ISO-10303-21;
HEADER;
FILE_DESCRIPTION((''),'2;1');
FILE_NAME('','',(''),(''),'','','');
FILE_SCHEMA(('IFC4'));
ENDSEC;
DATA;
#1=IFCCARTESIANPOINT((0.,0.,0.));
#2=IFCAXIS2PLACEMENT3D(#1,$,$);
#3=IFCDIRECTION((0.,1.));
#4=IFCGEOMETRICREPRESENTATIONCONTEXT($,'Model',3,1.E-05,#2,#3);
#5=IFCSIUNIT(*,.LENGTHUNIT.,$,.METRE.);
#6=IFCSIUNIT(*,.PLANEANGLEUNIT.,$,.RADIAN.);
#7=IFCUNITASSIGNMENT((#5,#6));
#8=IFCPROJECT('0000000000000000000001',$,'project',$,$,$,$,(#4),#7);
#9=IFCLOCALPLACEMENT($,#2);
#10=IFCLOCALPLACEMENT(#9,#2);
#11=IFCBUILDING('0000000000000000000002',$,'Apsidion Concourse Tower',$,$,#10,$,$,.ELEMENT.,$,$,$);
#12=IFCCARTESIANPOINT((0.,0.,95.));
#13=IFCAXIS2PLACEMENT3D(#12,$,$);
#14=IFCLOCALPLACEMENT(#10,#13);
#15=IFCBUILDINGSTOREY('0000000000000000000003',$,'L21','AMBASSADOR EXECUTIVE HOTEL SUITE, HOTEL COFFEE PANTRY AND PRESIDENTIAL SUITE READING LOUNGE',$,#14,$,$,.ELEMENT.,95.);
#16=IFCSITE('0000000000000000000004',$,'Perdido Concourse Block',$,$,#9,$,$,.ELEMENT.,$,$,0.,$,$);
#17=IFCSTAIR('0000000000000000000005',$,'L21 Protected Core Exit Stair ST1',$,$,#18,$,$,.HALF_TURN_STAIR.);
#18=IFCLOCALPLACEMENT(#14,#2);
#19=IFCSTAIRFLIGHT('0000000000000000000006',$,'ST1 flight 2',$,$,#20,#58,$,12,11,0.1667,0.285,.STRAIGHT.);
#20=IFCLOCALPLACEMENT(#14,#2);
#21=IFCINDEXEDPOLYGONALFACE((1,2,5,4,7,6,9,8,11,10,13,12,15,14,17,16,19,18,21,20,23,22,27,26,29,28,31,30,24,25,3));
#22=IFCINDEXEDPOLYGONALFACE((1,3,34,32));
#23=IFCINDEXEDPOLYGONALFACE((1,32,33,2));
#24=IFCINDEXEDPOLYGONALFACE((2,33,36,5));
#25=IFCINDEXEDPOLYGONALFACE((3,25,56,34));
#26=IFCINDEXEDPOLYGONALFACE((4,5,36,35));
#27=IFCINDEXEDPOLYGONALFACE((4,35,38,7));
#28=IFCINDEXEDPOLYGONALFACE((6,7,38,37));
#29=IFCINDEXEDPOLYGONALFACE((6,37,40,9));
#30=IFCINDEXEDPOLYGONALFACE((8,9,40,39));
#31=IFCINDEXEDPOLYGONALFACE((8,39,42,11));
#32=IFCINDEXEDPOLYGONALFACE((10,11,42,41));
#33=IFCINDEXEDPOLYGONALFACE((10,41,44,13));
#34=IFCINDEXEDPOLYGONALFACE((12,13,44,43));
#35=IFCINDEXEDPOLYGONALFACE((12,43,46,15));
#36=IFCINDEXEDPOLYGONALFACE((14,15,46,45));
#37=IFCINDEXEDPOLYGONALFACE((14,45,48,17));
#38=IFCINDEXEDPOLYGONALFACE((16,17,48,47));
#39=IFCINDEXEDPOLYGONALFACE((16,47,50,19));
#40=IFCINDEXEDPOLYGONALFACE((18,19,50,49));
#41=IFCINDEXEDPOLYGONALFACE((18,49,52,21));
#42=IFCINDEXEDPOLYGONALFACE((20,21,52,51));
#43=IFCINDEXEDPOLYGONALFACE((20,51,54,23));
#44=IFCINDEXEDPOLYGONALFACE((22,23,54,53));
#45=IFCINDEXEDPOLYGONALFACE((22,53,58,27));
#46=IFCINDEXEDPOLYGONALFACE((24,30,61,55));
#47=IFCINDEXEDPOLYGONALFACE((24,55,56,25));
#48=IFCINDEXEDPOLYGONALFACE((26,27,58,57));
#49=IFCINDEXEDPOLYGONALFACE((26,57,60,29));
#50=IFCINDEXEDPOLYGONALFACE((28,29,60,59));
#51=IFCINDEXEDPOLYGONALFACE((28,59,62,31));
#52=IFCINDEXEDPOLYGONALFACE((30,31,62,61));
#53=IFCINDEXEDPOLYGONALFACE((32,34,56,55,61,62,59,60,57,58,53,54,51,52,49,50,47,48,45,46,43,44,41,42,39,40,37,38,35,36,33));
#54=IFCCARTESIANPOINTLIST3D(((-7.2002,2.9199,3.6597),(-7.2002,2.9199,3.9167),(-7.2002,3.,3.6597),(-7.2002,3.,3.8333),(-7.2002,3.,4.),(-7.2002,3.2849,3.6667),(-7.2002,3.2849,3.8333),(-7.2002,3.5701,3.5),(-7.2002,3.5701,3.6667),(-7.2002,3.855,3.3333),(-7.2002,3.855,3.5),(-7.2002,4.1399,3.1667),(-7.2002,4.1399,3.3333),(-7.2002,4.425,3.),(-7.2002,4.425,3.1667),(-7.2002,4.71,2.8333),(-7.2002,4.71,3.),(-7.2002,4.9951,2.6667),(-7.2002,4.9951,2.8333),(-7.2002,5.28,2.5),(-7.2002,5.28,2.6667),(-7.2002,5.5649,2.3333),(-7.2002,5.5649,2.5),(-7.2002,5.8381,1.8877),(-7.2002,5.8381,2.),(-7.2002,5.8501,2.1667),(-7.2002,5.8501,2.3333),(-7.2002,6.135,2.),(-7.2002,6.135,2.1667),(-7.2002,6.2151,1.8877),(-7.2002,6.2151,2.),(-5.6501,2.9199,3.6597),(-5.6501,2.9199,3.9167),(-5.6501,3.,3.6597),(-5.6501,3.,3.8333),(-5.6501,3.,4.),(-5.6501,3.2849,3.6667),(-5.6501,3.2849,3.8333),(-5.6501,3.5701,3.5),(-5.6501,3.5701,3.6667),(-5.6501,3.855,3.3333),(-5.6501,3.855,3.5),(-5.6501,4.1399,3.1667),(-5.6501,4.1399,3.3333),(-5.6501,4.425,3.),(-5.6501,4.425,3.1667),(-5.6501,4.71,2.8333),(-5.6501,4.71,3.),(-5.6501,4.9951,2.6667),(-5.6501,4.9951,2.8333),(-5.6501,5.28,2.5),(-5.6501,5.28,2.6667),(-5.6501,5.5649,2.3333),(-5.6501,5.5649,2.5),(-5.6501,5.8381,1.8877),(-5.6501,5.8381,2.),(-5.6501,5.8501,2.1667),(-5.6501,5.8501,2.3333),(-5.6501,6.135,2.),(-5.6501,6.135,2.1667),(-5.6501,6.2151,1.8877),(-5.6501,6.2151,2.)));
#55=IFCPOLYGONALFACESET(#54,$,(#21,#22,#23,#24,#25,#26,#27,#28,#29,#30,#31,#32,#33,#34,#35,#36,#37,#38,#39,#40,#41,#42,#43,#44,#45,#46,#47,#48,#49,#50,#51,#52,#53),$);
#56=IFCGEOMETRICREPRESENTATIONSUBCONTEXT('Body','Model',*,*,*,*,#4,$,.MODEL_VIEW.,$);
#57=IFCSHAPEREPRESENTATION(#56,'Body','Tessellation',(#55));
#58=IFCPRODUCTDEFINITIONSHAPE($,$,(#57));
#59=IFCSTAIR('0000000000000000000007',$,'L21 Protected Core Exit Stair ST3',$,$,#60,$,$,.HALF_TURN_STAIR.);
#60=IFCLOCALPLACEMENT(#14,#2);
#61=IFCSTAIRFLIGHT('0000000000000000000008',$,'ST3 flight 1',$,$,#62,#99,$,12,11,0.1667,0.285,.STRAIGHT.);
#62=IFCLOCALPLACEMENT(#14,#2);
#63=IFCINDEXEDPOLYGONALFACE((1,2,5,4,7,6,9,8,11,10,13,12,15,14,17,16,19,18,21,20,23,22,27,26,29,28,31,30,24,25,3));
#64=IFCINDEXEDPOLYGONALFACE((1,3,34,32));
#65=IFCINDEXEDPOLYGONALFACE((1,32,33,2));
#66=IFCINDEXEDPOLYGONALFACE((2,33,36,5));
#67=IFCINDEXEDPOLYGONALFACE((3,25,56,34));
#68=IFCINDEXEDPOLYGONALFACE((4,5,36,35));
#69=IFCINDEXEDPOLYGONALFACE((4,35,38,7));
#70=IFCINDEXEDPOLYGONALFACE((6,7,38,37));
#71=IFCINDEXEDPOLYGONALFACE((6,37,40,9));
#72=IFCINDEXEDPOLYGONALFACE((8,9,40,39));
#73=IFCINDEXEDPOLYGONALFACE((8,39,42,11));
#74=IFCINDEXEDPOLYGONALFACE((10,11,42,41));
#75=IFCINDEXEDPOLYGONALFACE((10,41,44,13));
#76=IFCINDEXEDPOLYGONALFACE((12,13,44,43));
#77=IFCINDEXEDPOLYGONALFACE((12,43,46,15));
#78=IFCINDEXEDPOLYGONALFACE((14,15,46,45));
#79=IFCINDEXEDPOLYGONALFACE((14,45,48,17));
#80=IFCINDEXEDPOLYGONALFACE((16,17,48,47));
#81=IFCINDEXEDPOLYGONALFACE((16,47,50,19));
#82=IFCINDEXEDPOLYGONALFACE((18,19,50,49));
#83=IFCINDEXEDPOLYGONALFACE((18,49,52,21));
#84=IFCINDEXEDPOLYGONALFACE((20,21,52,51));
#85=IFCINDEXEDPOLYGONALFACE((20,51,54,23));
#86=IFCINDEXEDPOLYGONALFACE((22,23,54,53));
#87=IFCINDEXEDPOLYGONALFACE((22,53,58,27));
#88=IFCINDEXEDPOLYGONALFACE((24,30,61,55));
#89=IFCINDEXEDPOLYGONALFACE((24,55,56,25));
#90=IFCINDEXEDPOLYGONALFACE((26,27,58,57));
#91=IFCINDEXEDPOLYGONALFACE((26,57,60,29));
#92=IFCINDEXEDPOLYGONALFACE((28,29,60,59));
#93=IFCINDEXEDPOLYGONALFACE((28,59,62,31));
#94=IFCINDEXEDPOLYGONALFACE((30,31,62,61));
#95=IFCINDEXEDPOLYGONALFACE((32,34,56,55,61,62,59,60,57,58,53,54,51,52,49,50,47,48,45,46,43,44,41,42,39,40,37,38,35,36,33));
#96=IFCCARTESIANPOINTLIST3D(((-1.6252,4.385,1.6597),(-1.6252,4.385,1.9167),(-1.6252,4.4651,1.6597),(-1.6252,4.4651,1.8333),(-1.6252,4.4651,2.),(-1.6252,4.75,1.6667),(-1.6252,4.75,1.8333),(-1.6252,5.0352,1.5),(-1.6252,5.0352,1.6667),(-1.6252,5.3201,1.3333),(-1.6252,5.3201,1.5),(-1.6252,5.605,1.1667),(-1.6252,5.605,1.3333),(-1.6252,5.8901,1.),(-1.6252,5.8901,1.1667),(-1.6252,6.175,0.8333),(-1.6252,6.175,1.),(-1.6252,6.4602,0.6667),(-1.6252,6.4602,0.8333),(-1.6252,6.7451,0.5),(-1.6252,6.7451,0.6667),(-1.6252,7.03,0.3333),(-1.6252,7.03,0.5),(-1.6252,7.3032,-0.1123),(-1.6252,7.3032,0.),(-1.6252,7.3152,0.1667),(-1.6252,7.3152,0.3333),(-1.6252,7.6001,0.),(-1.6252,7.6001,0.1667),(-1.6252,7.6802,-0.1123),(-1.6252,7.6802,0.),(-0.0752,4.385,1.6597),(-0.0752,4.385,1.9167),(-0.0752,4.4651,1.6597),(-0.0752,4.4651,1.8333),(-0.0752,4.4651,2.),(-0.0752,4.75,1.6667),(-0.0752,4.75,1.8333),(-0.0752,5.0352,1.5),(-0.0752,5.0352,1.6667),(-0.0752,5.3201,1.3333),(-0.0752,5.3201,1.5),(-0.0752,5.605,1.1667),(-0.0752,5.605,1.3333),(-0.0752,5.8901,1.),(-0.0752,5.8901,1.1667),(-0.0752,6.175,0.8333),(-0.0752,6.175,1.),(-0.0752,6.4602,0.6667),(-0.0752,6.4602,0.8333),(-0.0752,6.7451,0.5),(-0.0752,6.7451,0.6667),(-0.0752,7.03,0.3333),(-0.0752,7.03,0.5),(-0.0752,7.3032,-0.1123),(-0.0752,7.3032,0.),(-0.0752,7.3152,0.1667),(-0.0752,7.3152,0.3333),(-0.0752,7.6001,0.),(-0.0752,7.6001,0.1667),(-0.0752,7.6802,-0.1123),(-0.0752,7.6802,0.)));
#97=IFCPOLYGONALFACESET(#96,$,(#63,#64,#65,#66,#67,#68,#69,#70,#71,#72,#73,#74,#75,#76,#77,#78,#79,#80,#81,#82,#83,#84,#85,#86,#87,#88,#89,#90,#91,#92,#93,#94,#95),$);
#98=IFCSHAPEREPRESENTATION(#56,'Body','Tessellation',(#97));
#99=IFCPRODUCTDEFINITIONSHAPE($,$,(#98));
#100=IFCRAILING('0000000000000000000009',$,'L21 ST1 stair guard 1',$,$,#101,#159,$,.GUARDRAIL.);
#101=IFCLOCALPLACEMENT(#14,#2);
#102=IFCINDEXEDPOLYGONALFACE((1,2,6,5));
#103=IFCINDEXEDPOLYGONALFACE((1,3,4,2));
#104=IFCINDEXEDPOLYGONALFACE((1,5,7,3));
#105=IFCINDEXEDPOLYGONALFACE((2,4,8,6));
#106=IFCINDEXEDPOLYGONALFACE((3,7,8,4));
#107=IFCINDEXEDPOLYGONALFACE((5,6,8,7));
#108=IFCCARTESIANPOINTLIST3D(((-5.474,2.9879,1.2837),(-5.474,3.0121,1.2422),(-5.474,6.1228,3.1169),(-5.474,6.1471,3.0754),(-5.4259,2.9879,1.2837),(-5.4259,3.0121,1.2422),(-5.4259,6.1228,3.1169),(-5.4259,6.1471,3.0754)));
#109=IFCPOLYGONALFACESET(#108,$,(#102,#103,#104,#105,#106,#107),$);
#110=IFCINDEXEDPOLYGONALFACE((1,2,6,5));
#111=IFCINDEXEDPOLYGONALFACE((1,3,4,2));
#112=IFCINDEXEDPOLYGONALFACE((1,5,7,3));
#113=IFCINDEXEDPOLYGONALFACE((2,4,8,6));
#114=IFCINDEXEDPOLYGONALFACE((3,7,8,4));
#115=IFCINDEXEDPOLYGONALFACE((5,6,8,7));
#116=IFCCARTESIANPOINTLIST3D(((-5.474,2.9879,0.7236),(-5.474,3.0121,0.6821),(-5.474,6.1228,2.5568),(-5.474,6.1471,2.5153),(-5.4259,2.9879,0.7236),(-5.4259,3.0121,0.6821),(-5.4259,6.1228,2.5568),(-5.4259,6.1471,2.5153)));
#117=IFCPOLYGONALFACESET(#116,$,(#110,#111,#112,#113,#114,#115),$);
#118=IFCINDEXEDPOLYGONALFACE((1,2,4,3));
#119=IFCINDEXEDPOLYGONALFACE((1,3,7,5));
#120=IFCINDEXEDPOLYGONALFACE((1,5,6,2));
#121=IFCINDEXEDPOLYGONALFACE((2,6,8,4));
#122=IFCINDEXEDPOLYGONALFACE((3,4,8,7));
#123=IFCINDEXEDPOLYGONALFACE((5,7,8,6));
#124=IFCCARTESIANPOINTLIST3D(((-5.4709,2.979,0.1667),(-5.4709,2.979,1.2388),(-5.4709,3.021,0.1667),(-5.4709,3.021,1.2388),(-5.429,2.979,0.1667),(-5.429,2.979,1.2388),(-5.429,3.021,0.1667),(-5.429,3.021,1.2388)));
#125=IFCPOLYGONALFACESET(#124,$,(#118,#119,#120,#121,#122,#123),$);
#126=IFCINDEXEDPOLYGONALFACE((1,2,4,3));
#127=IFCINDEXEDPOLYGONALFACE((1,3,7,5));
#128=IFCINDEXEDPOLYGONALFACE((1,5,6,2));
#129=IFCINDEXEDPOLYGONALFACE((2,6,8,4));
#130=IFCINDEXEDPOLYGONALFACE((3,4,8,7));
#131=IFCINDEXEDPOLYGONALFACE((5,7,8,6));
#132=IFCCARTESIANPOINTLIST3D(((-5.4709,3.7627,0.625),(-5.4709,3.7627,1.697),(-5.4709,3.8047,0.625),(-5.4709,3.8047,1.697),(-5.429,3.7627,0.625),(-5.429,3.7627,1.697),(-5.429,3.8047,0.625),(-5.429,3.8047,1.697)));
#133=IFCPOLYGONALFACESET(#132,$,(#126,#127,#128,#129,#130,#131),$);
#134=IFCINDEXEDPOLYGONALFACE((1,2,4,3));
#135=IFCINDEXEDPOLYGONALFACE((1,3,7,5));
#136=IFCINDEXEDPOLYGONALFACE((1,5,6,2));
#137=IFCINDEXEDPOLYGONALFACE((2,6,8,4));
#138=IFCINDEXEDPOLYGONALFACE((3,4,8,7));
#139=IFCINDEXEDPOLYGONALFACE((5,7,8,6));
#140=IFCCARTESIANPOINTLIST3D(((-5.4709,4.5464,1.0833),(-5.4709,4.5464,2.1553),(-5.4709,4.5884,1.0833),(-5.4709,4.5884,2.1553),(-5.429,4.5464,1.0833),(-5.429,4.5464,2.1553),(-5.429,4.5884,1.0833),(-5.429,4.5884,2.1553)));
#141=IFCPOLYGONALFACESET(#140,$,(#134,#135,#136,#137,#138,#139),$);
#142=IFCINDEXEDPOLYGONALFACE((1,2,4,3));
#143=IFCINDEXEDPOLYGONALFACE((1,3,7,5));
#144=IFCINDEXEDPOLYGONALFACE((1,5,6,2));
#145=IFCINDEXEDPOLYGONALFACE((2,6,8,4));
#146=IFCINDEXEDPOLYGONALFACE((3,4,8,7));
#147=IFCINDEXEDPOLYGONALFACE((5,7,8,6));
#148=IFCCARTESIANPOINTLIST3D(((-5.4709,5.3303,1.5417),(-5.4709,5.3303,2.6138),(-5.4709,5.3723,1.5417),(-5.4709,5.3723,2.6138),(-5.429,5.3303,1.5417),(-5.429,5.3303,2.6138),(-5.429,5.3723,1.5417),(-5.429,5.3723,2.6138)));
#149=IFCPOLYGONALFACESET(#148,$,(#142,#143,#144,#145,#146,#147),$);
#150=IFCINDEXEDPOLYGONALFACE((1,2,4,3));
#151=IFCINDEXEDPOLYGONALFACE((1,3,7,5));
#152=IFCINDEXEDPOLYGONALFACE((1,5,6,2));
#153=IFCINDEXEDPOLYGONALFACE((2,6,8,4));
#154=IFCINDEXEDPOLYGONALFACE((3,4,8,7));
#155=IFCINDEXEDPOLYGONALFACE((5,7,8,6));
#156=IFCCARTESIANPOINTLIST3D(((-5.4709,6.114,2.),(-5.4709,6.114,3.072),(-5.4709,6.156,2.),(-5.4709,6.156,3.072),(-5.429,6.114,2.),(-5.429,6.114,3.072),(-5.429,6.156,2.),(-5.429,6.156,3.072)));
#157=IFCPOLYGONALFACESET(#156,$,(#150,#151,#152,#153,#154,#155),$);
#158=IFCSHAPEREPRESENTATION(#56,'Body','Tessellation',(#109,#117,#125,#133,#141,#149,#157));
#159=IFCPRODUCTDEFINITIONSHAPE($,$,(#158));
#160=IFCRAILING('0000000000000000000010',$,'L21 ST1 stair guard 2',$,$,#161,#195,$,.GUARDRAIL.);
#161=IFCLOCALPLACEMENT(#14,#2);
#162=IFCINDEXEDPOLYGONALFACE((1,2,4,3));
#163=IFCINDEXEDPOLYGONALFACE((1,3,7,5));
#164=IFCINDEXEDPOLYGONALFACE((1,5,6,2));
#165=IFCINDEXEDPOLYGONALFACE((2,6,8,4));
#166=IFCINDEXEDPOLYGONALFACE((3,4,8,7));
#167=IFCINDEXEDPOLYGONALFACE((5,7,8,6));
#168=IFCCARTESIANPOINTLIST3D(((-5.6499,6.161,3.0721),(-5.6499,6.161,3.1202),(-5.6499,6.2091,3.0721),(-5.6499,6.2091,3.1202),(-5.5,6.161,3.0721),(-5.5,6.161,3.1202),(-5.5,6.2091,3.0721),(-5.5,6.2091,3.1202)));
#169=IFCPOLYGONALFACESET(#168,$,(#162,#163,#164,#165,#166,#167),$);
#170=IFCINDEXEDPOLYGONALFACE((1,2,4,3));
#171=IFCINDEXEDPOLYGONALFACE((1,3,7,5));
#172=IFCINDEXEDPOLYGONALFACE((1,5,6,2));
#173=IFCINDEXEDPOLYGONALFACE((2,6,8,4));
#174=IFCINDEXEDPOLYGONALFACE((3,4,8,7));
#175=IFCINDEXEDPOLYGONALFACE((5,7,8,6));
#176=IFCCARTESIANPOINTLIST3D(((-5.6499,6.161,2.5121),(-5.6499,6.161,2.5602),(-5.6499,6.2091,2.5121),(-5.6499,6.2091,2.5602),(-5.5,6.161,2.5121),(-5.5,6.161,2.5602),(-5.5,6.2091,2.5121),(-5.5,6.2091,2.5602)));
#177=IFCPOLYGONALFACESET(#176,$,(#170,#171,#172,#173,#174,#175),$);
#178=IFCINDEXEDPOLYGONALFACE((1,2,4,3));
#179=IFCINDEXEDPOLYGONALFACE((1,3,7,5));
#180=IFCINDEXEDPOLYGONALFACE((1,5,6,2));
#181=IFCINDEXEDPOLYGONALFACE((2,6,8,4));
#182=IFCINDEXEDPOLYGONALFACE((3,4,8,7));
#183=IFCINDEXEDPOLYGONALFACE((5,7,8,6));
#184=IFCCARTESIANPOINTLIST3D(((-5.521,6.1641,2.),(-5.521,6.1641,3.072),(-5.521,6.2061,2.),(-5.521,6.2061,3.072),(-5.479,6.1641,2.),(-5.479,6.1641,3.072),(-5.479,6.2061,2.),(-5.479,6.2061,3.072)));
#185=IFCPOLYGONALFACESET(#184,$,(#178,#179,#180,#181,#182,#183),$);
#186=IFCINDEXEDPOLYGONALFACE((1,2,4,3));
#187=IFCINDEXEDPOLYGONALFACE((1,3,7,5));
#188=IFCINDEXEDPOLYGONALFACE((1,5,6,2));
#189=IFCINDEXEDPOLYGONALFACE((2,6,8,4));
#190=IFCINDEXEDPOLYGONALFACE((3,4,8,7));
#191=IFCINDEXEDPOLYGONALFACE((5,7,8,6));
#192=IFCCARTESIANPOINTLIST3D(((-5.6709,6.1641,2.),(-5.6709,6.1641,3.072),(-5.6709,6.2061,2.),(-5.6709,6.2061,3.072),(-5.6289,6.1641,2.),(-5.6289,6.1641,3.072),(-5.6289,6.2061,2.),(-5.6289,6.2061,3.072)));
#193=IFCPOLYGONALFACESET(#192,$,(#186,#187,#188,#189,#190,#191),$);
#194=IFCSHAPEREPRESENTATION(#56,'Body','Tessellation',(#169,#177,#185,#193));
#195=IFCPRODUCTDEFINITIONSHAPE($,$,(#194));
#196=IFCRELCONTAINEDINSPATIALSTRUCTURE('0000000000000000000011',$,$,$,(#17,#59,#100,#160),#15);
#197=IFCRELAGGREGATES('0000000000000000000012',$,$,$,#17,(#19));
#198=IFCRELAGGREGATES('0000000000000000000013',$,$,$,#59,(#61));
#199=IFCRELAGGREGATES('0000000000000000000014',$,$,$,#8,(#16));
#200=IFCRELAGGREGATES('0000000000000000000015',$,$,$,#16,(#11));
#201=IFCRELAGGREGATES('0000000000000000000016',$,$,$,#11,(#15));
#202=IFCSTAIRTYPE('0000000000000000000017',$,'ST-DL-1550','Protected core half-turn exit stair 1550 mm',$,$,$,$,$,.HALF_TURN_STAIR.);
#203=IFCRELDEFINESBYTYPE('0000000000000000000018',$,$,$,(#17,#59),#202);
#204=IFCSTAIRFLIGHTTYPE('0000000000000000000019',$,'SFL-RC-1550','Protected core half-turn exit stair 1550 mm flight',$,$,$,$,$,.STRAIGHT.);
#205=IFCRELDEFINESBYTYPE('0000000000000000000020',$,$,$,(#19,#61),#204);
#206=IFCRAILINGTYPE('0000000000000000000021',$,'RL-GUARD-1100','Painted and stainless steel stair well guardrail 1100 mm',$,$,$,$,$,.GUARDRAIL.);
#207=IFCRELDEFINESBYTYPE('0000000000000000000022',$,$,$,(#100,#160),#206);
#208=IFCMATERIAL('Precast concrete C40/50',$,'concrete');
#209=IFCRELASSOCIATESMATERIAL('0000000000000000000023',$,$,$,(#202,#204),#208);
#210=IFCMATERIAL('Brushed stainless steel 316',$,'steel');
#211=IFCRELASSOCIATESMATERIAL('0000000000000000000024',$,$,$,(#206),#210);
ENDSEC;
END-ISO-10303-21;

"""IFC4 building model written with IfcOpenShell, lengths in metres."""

from ifc_helpers import new_model, si_unit, direction, frame, origin, origin_2d, place, context, subcontext, project, spatial, polyline, rectangle, outline, extrude, material, type_object, element, aggregate, save


model = new_model("IFC4")

# Units and contexts
model_context = context("Model", 3, precision=1e-05, world=origin(), true_north=direction((0.0, 1.0)))
body_context = subcontext(model_context, "Body", "Model", "MODEL_VIEW")
ifc_project = project(units=[si_unit("LENGTHUNIT", "METRE"), si_unit("PLANEANGLEUNIT", "RADIAN")], contexts=[model_context])

# Site, building, storey
site_placement = place(None, origin())
site = spatial("IfcSite", under=ifc_project, at=site_placement, Name="Perdido Concourse Block", CompositionType="ELEMENT", RefElevation=0.0)
building_placement = place(site_placement, origin())
building = spatial("IfcBuilding", under=site, at=building_placement, Name="Apsidion Concourse Tower", CompositionType="ELEMENT")
storey_placement = place(building_placement, frame((0.0, 0.0, 95.0)))
storey = spatial("IfcBuildingStorey", under=building, at=storey_placement, Name="L21", Description="AMBASSADOR EXECUTIVE HOTEL SUITE, HOTEL COFFEE PANTRY AND PRESIDENTIAL SUITE READING LOUNGE", CompositionType="ELEMENT", Elevation=95.0)

# Stair, stair flight
ifc_material_1 = material(Name="Precast concrete C40/50", Category="concrete")
stair_type = type_object("IfcStairType", Name="ST-DL-1550", Description="Protected core half-turn exit stair 1550 mm", PredefinedType="HALF_TURN_STAIR", material=ifc_material_1)
stair_1_placement = place(storey_placement, origin())
stair_1 = element("IfcStair", 1, at=stair_1_placement, inside=storey, type_object=stair_type, Name="L21 Protected Core Exit Stair ST1", PredefinedType="HALF_TURN_STAIR")
stair_flight_type = type_object("IfcStairFlightType", Name="SFL-RC-1550", Description="Protected core half-turn exit stair 1550 mm flight", PredefinedType="STRAIGHT", material=ifc_material_1)
stair_flight_1_placement = place(storey_placement, frame((-6.425, 6.135, 2.0), z_axis=(0.0, 0.0, 1.0), x_axis=(0.0, -1.0, 0.0)))
stair_flight_1 = element("IfcStairFlight", 2, at=stair_flight_1_placement, type_object=stair_flight_type, Name="ST1 flight 2", NumberOfRisers=12, NumberOfTreads=11, PredefinedType="STRAIGHT", RiserHeight=0.1667, TreadLength=0.285, context=body_context, shape_type="SweptSolid", body=[
    extrude(outline(polyline([(-0.0801, -0.1123), (-0.0801, 0.0), (0.0, 0.0), (0.0, 0.1667), (0.2849, 0.1667), (0.2849, 0.3333), (0.5701, 0.3333), (0.5701, 0.5), (0.855, 0.5), (0.855, 0.6667), (1.1399, 0.6667), (1.1399, 0.8333), (1.425, 0.8333), (1.425, 1.0), (1.71, 1.0), (1.71, 1.1667), (1.9951, 1.1667), (1.9951, 1.3333), (2.28, 1.3333), (2.28, 1.5), (2.5649, 1.5), (2.5649, 1.6667), (2.8501, 1.6667), (2.8501, 1.8333), (3.135, 1.8333), (3.135, 2.0), (3.2151, 1.9167), (3.2151, 1.6597), (3.135, 1.6597), (0.2969, 0.0), (0.2969, -0.1123), (-0.0801, -0.1123)])), frame((0.0, 0.7749, 0.0), z_axis=(0.0, -1.0, 0.0), x_axis=(1.0, 0.0, 0.0)), (0.0, 0.0, 1.0), 1.55),
])
aggregate(stair_1, [stair_flight_1])

# Stair, stair flight
stair_2_placement = place(storey_placement, origin())
stair_2 = element("IfcStair", 3, at=stair_2_placement, inside=storey, type_object=stair_type, Name="L21 Protected Core Exit Stair ST3", PredefinedType="HALF_TURN_STAIR")
stair_flight_2_placement = place(storey_placement, frame((-0.8501, 7.6001, 0.0), z_axis=(0.0, 0.0, 1.0), x_axis=(0.0, -1.0, 0.0)))
stair_flight_2 = element("IfcStairFlight", 4, at=stair_flight_2_placement, type_object=stair_flight_type, Name="ST3 flight 1", NumberOfRisers=12, NumberOfTreads=11, PredefinedType="STRAIGHT", RiserHeight=0.1667, TreadLength=0.285, context=body_context, shape_type="SweptSolid", body=[
    extrude(outline(polyline([(-0.0801, -0.1123), (-0.0801, 0.0), (0.0, 0.0), (0.0, 0.1667), (0.2849, 0.1667), (0.2849, 0.3333), (0.5701, 0.3333), (0.5701, 0.5), (0.855, 0.5), (0.855, 0.6667), (1.1399, 0.6667), (1.1399, 0.8333), (1.425, 0.8333), (1.425, 1.0), (1.71, 1.0), (1.71, 1.1667), (1.9951, 1.1667), (1.9951, 1.3333), (2.28, 1.3333), (2.28, 1.5), (2.5649, 1.5), (2.5649, 1.6667), (2.8501, 1.6667), (2.8501, 1.8333), (3.135, 1.8333), (3.135, 2.0), (3.2151, 1.9167), (3.2151, 1.6597), (3.135, 1.6597), (0.2969, 0.0), (0.2969, -0.1123), (-0.0801, -0.1123)])), frame((0.0, 0.7749, 0.0), z_axis=(0.0, -1.0, 0.0), x_axis=(1.0, 0.0, 0.0)), (0.0, 0.0, 1.0), 1.55),
])
aggregate(stair_2, [stair_flight_2])

# Railings
ifc_material_2 = material(Name="Brushed stainless steel 316", Category="steel")
railing_type_1 = type_object("IfcRailingType", Name="RL-GUARD-1100", Description="Painted and stainless steel stair well guardrail 1100 mm", PredefinedType="GUARDRAIL", material=ifc_material_2)
railing_1_placement = place(storey_placement, frame((-5.45, 3.0, 0.1667)))
element("IfcRailing", 5, at=railing_1_placement, inside=storey, type_object=railing_type_1, Name="L21 ST1 stair guard 1", PredefinedType="GUARDRAIL", context=body_context, shape_type="SweptSolid", body=[
    extrude(rectangle(XDim=0.0481, YDim=0.0481, at=origin_2d()), frame((0.0, 0.0, 1.0962), z_axis=(0.0, 0.86324, 0.504794), x_axis=(-1.0, 0.0, 0.0)), (0.0, 0.0, 1.0), 3.6316),
    extrude(rectangle(XDim=0.0481, YDim=0.0481, at=origin_2d()), frame((0.0, 0.0, 0.5361), z_axis=(0.0, 0.86324, 0.504794), x_axis=(-1.0, 0.0, 0.0)), (0.0, 0.0, 1.0), 3.6316),
    extrude(rectangle(XDim=0.042, YDim=0.042, at=origin_2d()), origin(), (0.0, 0.0, 1.0), 1.072),
    extrude(rectangle(XDim=0.042, YDim=0.042, at=origin_2d()), frame((0.0, 0.7837, 0.4583)), (0.0, 0.0, 1.0), 1.072),
    extrude(rectangle(XDim=0.042, YDim=0.042, at=origin_2d()), frame((0.0, 1.5674, 0.9165)), (0.0, 0.0, 1.0), 1.072),
    extrude(rectangle(XDim=0.042, YDim=0.042, at=origin_2d()), frame((0.0, 2.3513, 1.375)), (0.0, 0.0, 1.0), 1.072),
    extrude(rectangle(XDim=0.042, YDim=0.042, at=origin_2d()), frame((0.0, 3.135, 1.8333)), (0.0, 0.0, 1.0), 1.072),
])
railing_2_placement = place(storey_placement, frame((-5.5, 6.1851, 2.0)))
element("IfcRailing", 6, at=railing_2_placement, inside=storey, type_object=railing_type_1, Name="L21 ST1 stair guard 2", PredefinedType="GUARDRAIL", context=body_context, shape_type="SweptSolid", body=[
    extrude(rectangle(XDim=0.0481, YDim=0.0481, at=origin_2d()), frame((0.0, 0.0, 1.0962), z_axis=(-1.0, 0.0, 0.0), x_axis=(0.0, -1.0, 0.0)), (0.0, 0.0, 1.0), 0.1499),
    extrude(rectangle(XDim=0.0481, YDim=0.0481, at=origin_2d()), frame((0.0, 0.0, 0.5361), z_axis=(-1.0, 0.0, 0.0), x_axis=(0.0, -1.0, 0.0)), (0.0, 0.0, 1.0), 0.1499),
    extrude(rectangle(XDim=0.042, YDim=0.042, at=origin_2d()), origin(), (0.0, 0.0, 1.0), 1.072),
    extrude(rectangle(XDim=0.042, YDim=0.042, at=origin_2d()), frame((-0.1499, 0.0, 0.0)), (0.0, 0.0, 1.0), 1.072),
])

save(model, "model.ifc")
